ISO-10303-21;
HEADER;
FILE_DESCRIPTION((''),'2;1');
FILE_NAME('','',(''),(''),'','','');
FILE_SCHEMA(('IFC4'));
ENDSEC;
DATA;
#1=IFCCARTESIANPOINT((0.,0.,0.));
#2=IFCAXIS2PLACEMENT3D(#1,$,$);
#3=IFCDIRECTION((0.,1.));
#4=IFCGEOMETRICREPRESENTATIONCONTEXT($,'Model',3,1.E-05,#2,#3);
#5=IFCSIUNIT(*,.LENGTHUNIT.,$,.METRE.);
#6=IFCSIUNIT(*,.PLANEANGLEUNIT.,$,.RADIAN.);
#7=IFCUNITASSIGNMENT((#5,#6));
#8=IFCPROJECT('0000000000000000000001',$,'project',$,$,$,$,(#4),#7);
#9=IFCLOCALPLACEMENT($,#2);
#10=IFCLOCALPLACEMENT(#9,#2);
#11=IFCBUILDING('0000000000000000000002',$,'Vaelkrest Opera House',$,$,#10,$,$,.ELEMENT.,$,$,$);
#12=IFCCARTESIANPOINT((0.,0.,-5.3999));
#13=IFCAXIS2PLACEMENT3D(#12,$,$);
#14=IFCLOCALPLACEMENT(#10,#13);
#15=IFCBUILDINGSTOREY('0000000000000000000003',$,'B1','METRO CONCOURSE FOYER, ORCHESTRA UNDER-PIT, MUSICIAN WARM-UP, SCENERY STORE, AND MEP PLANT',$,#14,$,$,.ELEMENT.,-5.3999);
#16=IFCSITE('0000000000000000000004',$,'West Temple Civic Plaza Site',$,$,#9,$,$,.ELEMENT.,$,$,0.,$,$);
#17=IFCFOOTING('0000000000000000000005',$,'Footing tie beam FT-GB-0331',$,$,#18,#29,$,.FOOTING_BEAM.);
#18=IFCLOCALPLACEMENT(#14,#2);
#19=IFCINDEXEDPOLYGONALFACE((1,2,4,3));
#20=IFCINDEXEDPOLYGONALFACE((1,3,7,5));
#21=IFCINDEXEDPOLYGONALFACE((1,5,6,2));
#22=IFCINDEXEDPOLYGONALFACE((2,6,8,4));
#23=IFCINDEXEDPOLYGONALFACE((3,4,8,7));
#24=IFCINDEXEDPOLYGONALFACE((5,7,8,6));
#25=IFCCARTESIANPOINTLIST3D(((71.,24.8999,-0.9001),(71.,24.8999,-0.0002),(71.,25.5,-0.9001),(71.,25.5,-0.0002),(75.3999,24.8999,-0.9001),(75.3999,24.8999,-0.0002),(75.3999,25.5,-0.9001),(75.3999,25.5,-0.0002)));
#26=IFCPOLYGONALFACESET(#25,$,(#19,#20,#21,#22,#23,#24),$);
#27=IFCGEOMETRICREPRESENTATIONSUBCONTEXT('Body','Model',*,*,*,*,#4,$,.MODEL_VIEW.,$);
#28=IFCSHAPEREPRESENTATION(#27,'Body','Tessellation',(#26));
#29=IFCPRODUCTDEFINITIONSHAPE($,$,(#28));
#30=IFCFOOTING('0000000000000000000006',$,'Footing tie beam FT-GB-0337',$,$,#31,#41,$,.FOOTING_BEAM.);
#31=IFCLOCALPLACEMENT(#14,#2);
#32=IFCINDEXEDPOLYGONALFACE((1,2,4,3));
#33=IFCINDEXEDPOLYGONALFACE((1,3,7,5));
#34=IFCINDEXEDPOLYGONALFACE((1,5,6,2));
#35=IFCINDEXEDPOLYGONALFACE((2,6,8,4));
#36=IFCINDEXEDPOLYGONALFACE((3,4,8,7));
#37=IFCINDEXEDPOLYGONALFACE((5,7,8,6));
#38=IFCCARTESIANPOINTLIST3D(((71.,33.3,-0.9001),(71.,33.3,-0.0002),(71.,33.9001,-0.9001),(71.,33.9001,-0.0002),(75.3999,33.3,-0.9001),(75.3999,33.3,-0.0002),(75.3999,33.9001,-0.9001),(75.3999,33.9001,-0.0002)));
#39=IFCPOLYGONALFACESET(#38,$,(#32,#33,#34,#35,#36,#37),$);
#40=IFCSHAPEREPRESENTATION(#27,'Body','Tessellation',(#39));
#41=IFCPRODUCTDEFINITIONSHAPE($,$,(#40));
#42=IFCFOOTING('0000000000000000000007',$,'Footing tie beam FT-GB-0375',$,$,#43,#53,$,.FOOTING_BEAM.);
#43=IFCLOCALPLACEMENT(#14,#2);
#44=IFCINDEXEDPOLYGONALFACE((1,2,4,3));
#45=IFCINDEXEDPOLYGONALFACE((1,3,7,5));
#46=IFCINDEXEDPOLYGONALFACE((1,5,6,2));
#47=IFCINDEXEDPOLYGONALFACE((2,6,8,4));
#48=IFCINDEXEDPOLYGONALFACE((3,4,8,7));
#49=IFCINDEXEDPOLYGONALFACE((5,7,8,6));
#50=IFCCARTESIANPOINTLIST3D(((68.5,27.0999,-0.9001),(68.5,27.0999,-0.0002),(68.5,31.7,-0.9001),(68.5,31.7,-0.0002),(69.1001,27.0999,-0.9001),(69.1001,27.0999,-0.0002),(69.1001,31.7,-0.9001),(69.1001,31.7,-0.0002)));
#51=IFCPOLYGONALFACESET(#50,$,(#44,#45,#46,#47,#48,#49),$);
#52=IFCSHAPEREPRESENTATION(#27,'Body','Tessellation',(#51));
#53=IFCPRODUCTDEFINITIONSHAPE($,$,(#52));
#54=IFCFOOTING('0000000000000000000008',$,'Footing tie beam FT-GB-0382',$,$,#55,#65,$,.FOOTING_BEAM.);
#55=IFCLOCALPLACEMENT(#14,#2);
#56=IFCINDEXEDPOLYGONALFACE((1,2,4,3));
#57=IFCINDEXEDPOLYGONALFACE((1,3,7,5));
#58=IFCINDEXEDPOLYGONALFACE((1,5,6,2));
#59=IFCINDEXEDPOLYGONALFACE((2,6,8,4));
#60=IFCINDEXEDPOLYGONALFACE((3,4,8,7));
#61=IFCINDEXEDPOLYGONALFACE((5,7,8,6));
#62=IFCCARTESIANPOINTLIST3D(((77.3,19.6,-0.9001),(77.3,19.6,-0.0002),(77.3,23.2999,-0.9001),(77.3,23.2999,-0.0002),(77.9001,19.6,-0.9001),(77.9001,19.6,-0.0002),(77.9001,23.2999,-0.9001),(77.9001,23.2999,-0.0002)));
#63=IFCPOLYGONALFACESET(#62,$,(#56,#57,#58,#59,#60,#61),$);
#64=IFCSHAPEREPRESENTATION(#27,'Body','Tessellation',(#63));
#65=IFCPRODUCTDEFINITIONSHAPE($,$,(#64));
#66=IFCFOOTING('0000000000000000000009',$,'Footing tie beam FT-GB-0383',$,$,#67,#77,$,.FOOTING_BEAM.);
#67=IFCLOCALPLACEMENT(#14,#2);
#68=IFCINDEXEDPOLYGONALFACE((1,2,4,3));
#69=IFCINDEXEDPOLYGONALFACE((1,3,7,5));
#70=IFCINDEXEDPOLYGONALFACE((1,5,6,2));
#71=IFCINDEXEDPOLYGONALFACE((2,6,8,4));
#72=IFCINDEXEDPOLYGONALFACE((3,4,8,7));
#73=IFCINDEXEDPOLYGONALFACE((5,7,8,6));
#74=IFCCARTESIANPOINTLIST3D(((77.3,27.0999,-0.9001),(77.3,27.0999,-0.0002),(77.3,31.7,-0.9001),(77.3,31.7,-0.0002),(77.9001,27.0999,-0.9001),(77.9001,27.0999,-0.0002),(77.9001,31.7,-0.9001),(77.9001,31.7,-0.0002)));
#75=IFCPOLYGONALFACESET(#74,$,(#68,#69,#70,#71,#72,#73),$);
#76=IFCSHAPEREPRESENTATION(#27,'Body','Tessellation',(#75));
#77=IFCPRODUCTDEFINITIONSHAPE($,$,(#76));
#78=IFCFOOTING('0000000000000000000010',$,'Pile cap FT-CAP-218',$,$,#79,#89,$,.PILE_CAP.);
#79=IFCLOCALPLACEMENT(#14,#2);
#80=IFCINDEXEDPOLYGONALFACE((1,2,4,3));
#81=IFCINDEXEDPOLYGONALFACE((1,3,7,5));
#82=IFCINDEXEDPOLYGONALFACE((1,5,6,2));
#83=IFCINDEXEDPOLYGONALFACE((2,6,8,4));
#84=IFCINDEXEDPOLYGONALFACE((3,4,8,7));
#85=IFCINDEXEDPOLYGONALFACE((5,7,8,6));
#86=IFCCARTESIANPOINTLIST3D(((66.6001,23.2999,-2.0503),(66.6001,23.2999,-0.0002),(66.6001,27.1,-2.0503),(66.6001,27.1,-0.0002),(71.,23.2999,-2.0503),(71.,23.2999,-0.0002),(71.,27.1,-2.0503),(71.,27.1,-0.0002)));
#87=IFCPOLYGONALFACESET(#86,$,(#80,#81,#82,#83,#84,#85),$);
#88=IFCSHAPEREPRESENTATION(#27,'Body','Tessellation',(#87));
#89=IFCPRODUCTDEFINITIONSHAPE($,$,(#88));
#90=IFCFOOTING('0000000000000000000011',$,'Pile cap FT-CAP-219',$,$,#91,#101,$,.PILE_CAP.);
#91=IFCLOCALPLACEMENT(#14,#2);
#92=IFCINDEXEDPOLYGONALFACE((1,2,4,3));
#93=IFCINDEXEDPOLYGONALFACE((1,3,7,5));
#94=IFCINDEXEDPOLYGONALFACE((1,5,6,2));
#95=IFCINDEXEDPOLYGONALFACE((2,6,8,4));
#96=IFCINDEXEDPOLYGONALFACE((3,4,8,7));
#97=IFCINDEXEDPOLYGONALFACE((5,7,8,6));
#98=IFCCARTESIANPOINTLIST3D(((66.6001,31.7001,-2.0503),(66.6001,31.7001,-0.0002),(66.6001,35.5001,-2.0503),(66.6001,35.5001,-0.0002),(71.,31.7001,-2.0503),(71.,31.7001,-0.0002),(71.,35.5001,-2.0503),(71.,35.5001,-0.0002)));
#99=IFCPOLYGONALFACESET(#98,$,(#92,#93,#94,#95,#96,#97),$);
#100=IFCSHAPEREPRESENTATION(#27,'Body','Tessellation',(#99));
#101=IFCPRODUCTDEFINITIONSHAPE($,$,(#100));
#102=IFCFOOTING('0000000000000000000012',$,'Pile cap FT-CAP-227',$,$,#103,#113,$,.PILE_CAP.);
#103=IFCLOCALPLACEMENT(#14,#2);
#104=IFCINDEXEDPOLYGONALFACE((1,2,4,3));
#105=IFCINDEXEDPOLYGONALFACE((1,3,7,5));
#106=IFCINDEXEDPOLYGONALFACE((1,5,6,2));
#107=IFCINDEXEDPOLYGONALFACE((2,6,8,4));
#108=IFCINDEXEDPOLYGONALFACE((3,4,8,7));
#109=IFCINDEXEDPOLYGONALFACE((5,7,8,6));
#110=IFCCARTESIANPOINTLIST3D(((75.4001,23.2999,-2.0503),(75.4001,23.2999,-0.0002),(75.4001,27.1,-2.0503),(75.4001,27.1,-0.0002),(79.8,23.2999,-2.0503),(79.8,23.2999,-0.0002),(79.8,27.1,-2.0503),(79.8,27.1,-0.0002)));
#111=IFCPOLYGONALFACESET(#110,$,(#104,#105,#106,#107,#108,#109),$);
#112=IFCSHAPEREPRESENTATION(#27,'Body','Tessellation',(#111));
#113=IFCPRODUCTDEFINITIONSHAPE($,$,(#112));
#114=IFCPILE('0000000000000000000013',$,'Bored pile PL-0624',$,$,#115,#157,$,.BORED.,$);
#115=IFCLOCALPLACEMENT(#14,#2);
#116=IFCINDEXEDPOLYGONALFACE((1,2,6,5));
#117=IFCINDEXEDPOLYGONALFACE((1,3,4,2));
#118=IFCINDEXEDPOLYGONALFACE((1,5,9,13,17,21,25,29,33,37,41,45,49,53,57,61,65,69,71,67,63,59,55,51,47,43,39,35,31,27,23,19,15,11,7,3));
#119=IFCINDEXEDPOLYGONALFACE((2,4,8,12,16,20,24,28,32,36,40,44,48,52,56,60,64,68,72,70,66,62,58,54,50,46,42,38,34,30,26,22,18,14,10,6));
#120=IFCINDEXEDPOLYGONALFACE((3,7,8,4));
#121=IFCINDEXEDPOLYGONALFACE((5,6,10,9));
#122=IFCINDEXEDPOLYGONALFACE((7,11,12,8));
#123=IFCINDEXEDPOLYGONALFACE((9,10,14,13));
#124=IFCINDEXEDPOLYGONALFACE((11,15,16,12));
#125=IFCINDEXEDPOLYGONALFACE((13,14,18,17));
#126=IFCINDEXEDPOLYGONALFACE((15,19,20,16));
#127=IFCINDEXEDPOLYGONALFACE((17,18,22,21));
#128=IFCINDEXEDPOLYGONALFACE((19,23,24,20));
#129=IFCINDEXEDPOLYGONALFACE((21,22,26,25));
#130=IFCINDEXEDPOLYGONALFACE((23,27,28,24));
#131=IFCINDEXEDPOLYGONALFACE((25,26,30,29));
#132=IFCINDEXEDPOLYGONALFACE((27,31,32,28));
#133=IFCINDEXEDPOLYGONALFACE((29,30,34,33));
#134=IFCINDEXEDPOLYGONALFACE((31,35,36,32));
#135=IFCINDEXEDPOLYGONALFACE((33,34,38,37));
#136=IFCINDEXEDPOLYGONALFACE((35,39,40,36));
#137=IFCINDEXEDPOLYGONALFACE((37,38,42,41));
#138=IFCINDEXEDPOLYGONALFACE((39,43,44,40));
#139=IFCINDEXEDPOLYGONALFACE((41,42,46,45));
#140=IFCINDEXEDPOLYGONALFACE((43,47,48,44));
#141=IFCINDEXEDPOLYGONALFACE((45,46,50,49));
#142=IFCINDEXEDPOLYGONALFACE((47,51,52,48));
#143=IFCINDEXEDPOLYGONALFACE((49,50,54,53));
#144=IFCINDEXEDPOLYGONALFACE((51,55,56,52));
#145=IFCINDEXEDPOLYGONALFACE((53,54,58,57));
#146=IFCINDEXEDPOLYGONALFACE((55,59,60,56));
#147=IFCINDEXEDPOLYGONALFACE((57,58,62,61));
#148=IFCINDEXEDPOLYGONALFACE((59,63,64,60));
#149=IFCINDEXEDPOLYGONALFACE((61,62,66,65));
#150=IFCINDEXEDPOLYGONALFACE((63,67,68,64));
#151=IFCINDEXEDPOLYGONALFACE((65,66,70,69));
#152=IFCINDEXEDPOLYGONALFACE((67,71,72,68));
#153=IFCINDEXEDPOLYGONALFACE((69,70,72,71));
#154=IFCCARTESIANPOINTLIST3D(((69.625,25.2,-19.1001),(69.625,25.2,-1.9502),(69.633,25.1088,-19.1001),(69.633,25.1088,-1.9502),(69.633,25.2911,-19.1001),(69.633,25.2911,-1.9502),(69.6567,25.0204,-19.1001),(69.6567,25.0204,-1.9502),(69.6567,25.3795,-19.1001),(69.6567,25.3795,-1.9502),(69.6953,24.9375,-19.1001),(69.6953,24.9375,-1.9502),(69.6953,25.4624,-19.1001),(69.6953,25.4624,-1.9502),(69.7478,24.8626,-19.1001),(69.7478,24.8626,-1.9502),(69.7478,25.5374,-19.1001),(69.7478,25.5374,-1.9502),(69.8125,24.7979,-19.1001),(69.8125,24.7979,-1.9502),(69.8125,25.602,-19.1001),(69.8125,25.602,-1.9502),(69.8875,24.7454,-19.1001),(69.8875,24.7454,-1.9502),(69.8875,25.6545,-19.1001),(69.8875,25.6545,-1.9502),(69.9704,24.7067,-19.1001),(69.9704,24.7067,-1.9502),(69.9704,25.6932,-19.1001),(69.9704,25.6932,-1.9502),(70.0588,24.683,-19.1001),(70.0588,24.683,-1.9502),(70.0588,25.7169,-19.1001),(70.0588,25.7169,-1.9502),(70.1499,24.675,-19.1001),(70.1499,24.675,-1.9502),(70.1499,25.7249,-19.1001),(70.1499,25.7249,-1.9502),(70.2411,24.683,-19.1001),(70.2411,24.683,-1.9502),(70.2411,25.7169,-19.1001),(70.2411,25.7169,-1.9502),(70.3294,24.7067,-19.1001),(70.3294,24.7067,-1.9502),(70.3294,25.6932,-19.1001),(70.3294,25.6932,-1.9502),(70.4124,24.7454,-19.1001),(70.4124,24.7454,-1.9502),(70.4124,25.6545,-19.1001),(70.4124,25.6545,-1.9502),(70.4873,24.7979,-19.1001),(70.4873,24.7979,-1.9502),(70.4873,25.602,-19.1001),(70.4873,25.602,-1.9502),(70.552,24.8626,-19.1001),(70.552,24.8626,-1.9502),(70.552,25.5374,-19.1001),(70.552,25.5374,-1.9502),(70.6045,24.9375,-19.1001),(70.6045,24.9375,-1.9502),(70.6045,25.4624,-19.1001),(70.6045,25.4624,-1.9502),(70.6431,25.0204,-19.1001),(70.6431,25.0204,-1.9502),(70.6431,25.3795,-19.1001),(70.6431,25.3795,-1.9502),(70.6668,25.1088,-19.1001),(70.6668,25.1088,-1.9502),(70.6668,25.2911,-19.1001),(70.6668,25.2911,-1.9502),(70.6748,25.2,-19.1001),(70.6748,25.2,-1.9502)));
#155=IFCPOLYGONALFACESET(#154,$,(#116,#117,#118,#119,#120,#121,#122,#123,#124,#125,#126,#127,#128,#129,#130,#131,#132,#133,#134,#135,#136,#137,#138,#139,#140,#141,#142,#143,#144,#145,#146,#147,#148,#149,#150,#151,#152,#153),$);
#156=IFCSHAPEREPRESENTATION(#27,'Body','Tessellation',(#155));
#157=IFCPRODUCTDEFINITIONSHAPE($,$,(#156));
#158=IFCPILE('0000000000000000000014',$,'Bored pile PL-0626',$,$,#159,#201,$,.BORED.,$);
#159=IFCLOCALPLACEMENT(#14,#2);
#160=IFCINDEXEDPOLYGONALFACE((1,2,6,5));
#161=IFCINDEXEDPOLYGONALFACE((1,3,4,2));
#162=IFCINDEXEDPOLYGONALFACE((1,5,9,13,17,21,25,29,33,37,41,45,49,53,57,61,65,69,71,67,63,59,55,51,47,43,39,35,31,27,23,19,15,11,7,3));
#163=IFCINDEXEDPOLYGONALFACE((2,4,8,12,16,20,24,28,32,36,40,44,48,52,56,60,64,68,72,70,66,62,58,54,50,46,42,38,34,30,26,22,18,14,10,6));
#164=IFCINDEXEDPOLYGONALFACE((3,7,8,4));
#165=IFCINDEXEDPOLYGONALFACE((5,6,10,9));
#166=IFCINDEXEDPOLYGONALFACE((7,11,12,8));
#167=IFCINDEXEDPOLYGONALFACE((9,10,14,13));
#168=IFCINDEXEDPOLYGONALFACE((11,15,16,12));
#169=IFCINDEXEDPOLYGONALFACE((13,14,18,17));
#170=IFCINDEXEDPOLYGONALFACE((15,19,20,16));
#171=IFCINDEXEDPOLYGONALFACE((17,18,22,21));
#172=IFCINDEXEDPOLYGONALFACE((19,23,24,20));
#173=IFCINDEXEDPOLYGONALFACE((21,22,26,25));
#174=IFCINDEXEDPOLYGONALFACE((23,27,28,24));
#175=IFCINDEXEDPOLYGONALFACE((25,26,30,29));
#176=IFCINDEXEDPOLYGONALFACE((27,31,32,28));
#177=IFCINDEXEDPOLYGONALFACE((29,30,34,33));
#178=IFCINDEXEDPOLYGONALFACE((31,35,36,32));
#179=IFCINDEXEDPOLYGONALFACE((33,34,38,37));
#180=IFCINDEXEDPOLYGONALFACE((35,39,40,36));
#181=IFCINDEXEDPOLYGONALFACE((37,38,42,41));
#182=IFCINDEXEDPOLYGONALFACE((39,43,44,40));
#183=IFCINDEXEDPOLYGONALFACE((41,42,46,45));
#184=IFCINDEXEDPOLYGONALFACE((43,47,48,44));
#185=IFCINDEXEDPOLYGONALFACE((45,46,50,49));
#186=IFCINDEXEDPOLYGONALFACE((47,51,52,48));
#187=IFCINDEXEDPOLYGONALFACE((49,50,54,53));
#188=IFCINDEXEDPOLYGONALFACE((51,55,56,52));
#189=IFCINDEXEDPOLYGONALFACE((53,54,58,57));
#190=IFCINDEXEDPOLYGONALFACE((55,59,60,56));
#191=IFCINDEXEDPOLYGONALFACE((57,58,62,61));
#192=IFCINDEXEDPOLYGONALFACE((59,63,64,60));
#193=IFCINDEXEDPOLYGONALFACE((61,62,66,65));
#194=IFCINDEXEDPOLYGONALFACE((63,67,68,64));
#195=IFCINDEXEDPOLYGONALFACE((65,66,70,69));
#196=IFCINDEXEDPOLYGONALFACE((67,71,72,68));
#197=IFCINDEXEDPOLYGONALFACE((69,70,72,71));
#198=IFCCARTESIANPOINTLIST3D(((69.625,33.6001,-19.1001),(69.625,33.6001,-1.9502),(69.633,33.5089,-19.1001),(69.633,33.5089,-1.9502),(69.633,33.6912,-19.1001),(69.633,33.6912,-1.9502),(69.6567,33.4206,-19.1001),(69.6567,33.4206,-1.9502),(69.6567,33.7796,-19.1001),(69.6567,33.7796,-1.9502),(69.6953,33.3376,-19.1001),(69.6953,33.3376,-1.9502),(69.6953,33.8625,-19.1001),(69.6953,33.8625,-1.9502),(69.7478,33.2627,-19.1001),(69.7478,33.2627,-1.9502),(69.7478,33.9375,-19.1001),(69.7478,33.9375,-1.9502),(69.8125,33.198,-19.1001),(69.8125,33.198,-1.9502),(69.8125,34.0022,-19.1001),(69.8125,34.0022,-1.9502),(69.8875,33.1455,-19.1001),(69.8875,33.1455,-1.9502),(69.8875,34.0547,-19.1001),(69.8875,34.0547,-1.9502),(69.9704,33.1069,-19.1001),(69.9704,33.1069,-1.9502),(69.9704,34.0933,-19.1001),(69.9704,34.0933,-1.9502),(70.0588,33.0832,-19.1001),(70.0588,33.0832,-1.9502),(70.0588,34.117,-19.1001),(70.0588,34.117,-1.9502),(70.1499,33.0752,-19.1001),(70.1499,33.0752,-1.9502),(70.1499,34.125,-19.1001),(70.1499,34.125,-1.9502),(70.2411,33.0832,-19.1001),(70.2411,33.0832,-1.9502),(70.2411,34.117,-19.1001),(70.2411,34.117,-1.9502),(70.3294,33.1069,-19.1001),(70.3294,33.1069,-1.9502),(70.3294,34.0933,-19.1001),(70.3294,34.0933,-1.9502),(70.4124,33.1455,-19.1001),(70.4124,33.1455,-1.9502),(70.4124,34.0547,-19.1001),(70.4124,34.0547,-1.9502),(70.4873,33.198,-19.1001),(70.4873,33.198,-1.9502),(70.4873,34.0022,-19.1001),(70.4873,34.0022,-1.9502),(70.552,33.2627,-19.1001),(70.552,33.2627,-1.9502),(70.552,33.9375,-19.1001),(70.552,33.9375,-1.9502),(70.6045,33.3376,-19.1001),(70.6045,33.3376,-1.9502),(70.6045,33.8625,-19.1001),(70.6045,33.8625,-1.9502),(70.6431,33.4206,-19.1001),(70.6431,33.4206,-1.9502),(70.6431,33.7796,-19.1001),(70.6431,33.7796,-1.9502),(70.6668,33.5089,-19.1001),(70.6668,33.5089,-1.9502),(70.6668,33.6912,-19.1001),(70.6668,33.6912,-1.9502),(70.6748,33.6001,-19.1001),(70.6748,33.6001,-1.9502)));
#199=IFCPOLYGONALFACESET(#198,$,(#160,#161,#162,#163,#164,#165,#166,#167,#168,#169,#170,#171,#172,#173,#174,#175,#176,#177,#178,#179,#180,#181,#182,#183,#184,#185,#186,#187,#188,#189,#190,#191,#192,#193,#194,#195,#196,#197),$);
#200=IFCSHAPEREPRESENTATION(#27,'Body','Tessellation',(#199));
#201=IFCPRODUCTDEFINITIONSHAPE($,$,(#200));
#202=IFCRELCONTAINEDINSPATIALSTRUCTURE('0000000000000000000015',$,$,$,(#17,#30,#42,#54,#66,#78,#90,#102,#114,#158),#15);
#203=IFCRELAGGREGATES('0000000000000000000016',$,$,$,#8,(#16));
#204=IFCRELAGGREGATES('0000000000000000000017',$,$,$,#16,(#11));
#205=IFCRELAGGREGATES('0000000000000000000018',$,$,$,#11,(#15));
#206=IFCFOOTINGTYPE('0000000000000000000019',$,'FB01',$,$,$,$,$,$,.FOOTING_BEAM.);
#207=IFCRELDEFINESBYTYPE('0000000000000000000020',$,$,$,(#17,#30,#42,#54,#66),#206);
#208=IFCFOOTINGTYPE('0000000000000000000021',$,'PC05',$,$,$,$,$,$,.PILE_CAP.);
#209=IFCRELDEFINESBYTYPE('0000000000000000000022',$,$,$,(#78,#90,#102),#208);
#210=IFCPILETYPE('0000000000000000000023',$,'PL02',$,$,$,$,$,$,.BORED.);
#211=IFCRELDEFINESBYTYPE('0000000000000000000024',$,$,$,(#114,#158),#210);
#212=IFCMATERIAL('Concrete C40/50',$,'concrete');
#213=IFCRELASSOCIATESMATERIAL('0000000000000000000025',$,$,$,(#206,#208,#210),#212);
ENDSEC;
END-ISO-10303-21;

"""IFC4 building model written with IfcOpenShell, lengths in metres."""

from ifc_helpers import new_model, si_unit, direction, frame, origin, origin_2d, place, context, subcontext, project, spatial, rectangle, circle, extrude, material, material_profile, profile_set, type_object, element, save


model = new_model("IFC4")

# Units and contexts
model_context = context("Model", 3, precision=1e-05, world=origin(), true_north=direction((0.0, 1.0)))
body_context = subcontext(model_context, "Body", "Model", "MODEL_VIEW")
ifc_project = project(units=[si_unit("LENGTHUNIT", "METRE"), si_unit("PLANEANGLEUNIT", "RADIAN")], contexts=[model_context])

# Site, building, storey
site_placement = place(None, origin())
site = spatial("IfcSite", under=ifc_project, at=site_placement, Name="West Temple Civic Plaza Site", CompositionType="ELEMENT", RefElevation=0.0)
building_placement = place(site_placement, origin())
building = spatial("IfcBuilding", under=site, at=building_placement, Name="Vaelkrest Opera House", CompositionType="ELEMENT")
storey_placement = place(building_placement, frame((0.0, 0.0, -5.3999)))
storey = spatial("IfcBuildingStorey", under=building, at=storey_placement, Name="B1", Description="METRO CONCOURSE FOYER, ORCHESTRA UNDER-PIT, MUSICIAN WARM-UP, SCENERY STORE, AND MEP PLANT", CompositionType="ELEMENT", Elevation=-5.3999)

# Footings
ifc_material_1 = material(Name="Concrete C40/50", Category="concrete")
footing_type_1 = type_object("IfcFootingType", Name="FB01", PredefinedType="FOOTING_BEAM", material=ifc_material_1)
for number, where, z_axis, x_axis, name in (
    (1, (73.2, 25.2, -0.9001), (0.0, 0.0, 1.0), (1.0, 0.0, 0.0), "Footing tie beam FT-GB-0331"),
    (2, (73.2, 33.6001, -0.9001), (0.0, 0.0, 1.0), (1.0, 0.0, 0.0), "Footing tie beam FT-GB-0337"),
):
    element("IfcFooting", number, at=place(storey_placement, frame(where, z_axis=z_axis, x_axis=x_axis)), inside=storey, type_object=footing_type_1, Name=name, PredefinedType="FOOTING_BEAM", context=body_context, shape_type="SweptSolid", body=[
        extrude(rectangle(XDim=4.3999, YDim=0.6001, at=origin_2d()), origin(), (0.0, 0.0, 1.0), 0.8999),
    ])
footing_1_placement = place(storey_placement, frame((68.8, 29.3999, -0.9001), z_axis=(0.0, 0.0, 1.0), x_axis=(0.0, 1.0, 0.0)))
element("IfcFooting", 3, at=footing_1_placement, inside=storey, type_object=footing_type_1, Name="Footing tie beam FT-GB-0375", PredefinedType="FOOTING_BEAM", context=body_context, shape_type="SweptSolid", body=[
    extrude(rectangle(XDim=4.6001, YDim=0.6001, at=origin_2d()), origin(), (0.0, 0.0, 1.0), 0.8999),
])
footing_2_placement = place(storey_placement, frame((77.6001, 21.45, -0.9001), z_axis=(0.0, 0.0, 1.0), x_axis=(0.0, 1.0, 0.0)))
element("IfcFooting", 4, at=footing_2_placement, inside=storey, type_object=footing_type_1, Name="Footing tie beam FT-GB-0382", PredefinedType="FOOTING_BEAM", context=body_context, shape_type="SweptSolid", body=[
    extrude(rectangle(XDim=3.7, YDim=0.6001, at=origin_2d()), origin(), (0.0, 0.0, 1.0), 0.8999),
])
footing_3_placement = place(storey_placement, frame((77.6001, 29.3999, -0.9001), z_axis=(0.0, 0.0, 1.0), x_axis=(0.0, 1.0, 0.0)))
element("IfcFooting", 5, at=footing_3_placement, inside=storey, type_object=footing_type_1, Name="Footing tie beam FT-GB-0383", PredefinedType="FOOTING_BEAM", context=body_context, shape_type="SweptSolid", body=[
    extrude(rectangle(XDim=4.6001, YDim=0.6001, at=origin_2d()), origin(), (0.0, 0.0, 1.0), 0.8999),
])
footing_type_2 = type_object("IfcFootingType", Name="PC05", PredefinedType="PILE_CAP", material=ifc_material_1)
for number, where, z_axis, x_axis, name in (
    (6, (68.8, 25.2, -2.0503), (0.0, 0.0, 1.0), (1.0, 0.0, 0.0), "Pile cap FT-CAP-218"),
    (7, (68.8, 33.6001, -2.0503), (0.0, 0.0, 1.0), (1.0, 0.0, 0.0), "Pile cap FT-CAP-219"),
    (8, (77.6001, 25.2, -2.0503), (0.0, 0.0, 1.0), (1.0, 0.0, 0.0), "Pile cap FT-CAP-227"),
):
    element("IfcFooting", number, at=place(storey_placement, frame(where, z_axis=z_axis, x_axis=x_axis)), inside=storey, type_object=footing_type_2, Name=name, PredefinedType="PILE_CAP", context=body_context, shape_type="SweptSolid", body=[
        extrude(rectangle(XDim=4.3999, YDim=3.8, at=origin_2d()), origin(), (0.0, 0.0, 1.0), 2.05),
    ])

# Piles
ifc_material_profile_1 = material_profile(ifc_material_1, circle(Radius=0.5249, at=origin_2d()), Name="PILE1050")
ifc_profile_set_1 = profile_set([ifc_material_profile_1], Name="Concrete C40/50")
pile_type = type_object("IfcPileType", Name="PL02", PredefinedType="BORED", material=ifc_profile_set_1)
for number, where, z_axis, x_axis, name in (
    (9, (70.1499, 25.2, -1.9502), (0.0, 0.0, -1.0), (1.0, 0.0, 0.0), "Bored pile PL-0624"),
    (10, (70.1499, 33.6001, -1.9502), (0.0, 0.0, -1.0), (1.0, 0.0, 0.0), "Bored pile PL-0626"),
):
    element("IfcPile", number, at=place(storey_placement, frame(where, z_axis=z_axis, x_axis=x_axis)), inside=storey, type_object=pile_type, Name=name, PredefinedType="BORED", context=body_context, shape_type="SweptSolid", body=[
        extrude(circle(Radius=0.5249, at=origin_2d()), origin(), (0.0, 0.0, 1.0), 17.1499),
    ])

save(model, "model.ifc")
